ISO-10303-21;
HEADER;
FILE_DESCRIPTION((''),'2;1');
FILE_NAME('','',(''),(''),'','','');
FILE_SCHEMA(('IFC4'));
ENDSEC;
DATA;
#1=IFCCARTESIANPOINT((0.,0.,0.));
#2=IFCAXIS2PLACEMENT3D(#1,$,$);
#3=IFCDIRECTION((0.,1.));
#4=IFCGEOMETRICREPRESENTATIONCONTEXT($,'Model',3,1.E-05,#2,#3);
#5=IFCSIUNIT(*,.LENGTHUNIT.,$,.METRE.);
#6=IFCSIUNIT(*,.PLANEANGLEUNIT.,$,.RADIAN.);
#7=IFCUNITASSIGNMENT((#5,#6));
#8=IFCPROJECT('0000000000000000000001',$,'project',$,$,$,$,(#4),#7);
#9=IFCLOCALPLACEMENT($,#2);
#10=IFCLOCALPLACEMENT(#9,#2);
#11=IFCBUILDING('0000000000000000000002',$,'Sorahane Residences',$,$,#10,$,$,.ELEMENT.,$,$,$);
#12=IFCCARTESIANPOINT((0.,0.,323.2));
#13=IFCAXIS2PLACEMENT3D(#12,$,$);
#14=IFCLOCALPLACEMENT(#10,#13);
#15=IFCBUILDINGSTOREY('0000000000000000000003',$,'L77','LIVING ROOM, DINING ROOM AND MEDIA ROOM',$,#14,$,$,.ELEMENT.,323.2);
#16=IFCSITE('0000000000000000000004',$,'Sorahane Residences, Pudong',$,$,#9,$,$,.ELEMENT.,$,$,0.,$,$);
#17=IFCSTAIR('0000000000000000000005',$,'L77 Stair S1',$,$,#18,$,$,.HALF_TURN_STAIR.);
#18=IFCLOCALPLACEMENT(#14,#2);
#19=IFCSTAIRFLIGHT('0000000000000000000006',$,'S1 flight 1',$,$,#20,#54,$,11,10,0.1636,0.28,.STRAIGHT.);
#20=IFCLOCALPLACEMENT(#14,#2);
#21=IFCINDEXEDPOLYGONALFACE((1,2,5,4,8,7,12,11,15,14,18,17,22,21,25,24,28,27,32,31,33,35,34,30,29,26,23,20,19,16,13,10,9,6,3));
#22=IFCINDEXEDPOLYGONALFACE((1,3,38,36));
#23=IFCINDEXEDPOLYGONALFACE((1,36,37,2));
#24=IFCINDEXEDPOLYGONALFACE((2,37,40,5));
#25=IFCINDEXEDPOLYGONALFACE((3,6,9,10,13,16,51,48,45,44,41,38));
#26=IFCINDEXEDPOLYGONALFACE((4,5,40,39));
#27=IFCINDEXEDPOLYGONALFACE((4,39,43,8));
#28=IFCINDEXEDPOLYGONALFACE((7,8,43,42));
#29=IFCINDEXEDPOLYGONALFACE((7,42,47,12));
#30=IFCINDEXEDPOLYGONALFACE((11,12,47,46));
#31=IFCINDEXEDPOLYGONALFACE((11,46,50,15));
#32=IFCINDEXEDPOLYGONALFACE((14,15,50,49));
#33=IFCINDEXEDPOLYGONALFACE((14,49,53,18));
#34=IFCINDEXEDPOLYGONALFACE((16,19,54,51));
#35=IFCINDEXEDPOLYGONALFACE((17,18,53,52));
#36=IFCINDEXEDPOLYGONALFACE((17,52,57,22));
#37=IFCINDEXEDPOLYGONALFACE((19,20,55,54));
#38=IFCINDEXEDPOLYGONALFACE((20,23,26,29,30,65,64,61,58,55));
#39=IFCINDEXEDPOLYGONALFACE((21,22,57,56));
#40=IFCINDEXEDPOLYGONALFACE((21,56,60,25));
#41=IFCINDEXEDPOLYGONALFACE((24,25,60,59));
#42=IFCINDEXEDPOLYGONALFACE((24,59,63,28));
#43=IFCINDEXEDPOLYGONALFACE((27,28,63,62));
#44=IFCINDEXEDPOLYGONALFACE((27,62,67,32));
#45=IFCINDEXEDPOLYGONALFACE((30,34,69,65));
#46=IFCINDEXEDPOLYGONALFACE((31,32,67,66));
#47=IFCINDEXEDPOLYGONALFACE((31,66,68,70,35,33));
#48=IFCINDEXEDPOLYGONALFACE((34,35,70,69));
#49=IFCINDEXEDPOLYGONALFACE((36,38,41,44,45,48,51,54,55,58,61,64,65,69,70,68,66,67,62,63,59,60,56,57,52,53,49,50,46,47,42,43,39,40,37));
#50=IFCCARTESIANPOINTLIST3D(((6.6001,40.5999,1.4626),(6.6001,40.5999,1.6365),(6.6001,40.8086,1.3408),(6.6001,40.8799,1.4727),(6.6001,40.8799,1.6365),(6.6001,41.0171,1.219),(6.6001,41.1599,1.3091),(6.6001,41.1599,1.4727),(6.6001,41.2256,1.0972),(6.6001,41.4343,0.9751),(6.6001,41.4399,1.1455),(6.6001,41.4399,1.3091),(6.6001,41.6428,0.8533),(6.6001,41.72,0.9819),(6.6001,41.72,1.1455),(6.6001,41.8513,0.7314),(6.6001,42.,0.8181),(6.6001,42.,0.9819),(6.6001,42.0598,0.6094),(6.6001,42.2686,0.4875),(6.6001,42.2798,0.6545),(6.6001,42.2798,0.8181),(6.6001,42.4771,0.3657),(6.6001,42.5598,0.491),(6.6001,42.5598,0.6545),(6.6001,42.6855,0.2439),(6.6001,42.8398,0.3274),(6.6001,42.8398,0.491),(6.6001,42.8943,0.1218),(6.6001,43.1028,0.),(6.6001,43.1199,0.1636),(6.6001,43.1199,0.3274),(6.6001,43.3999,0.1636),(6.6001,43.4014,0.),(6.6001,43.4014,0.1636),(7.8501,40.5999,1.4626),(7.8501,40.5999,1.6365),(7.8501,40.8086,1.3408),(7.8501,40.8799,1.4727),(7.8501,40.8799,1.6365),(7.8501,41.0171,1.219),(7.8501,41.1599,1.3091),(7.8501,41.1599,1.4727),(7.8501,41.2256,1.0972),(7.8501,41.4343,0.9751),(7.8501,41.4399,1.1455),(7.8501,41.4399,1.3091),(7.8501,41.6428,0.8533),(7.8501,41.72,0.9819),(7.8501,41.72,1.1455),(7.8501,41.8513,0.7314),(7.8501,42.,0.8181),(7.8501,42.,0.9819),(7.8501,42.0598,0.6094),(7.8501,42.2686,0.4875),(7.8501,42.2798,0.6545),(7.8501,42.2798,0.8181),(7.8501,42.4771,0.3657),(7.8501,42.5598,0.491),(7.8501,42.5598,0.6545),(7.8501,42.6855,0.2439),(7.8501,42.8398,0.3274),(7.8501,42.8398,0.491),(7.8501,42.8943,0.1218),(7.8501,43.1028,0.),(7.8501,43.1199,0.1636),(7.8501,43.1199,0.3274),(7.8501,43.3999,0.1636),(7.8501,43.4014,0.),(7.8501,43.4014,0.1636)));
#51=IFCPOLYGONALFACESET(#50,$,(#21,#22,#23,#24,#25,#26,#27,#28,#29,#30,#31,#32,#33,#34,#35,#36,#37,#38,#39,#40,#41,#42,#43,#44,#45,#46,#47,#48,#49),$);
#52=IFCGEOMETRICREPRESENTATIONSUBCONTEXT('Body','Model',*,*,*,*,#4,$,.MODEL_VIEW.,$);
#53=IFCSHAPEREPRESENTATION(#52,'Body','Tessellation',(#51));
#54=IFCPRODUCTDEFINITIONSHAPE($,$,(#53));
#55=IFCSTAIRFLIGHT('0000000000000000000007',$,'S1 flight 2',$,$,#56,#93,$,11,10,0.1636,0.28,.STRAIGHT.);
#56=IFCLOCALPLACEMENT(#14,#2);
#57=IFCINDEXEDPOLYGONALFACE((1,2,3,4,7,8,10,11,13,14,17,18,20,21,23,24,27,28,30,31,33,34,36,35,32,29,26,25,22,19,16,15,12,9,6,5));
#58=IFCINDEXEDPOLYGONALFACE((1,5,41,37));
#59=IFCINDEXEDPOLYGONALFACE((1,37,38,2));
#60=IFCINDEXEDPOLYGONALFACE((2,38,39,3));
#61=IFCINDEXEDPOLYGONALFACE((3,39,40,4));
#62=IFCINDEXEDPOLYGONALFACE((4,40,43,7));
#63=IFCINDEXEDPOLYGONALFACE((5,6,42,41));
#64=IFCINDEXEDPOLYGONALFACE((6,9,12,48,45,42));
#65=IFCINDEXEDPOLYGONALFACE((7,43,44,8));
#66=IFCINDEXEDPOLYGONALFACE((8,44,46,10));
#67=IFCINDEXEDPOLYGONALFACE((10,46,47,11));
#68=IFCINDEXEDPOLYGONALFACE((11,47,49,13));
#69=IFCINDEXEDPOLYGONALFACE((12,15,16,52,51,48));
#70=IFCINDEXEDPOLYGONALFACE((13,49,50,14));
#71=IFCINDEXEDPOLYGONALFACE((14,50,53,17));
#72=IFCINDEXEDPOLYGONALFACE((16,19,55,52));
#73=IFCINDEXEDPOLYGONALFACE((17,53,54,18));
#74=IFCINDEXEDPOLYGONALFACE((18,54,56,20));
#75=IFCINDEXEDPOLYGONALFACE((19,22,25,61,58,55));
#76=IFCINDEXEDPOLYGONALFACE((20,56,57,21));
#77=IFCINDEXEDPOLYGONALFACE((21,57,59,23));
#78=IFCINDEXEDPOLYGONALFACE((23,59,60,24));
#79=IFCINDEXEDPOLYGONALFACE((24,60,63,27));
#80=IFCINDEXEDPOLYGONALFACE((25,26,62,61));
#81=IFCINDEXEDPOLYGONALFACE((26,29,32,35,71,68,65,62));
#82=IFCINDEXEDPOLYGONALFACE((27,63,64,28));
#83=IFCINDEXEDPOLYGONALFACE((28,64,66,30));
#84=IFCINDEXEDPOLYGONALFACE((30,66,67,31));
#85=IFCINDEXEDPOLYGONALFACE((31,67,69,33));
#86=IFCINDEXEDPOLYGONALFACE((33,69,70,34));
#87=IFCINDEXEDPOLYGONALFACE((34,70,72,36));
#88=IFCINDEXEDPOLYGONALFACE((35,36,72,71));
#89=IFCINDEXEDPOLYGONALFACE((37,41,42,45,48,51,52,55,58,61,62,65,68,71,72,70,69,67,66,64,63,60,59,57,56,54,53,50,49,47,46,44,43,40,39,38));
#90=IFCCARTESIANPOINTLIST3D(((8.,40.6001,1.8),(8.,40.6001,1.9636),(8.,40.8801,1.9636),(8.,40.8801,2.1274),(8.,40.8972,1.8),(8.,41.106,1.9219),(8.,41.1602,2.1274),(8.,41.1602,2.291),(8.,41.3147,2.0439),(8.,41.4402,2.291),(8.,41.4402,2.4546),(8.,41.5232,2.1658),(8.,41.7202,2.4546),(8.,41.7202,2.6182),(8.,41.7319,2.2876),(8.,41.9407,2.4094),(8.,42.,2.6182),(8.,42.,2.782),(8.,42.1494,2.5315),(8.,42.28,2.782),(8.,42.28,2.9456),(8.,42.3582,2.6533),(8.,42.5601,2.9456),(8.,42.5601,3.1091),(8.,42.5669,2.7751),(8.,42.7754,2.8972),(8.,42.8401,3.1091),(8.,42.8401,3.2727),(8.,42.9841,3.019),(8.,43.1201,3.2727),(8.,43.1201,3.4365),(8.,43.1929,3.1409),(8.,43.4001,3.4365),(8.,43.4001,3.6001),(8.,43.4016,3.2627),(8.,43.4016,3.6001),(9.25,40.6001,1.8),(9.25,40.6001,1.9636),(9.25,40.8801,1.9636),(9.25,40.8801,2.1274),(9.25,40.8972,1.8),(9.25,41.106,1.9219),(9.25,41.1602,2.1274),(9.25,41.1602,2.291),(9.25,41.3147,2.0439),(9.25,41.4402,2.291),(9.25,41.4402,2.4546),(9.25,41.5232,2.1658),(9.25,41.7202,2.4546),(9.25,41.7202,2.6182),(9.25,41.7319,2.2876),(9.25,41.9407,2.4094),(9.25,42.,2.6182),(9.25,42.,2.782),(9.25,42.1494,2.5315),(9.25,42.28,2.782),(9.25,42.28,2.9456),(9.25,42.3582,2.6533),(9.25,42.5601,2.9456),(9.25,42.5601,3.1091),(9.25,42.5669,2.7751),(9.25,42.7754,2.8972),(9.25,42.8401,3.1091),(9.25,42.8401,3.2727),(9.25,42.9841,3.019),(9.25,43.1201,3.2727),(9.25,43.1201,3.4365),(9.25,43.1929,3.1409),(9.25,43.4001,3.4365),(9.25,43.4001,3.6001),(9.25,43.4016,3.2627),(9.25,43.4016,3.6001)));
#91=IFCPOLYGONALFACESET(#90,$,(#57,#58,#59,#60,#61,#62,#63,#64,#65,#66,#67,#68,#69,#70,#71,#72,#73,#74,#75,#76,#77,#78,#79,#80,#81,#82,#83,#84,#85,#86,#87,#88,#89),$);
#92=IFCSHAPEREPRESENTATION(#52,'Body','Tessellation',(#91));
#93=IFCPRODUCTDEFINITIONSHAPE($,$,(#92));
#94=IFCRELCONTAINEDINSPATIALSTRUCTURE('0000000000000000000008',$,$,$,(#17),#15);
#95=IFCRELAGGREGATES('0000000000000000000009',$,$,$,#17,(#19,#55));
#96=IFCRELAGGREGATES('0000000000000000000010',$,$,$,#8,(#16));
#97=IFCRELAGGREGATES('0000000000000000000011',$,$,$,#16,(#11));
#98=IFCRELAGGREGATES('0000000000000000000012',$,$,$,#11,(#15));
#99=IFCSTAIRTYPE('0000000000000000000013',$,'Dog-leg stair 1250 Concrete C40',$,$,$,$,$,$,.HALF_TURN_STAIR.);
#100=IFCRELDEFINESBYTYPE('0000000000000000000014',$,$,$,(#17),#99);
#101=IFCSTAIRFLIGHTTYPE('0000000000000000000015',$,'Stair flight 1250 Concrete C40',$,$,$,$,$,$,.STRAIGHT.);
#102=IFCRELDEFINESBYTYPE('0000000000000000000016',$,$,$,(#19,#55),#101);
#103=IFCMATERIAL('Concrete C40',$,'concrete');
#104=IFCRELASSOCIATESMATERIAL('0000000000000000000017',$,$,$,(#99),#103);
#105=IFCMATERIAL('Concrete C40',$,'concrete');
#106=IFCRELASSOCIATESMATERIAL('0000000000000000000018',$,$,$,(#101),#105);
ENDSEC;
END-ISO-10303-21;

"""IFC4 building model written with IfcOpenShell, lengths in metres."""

from ifc_helpers import new_model, si_unit, direction, frame, origin, place, context, subcontext, project, spatial, polyline, outline, extrude, material, type_object, element, aggregate, save


model = new_model("IFC4")

# Units and contexts
model_context = context("Model", 3, precision=1e-05, world=origin(), true_north=direction((0.0, 1.0)))
body_context = subcontext(model_context, "Body", "Model", "MODEL_VIEW")
ifc_project = project(units=[si_unit("LENGTHUNIT", "METRE"), si_unit("PLANEANGLEUNIT", "RADIAN")], contexts=[model_context])

# Site, building, storey
site_placement = place(None, origin())
site = spatial("IfcSite", under=ifc_project, at=site_placement, Name="Sorahane Residences, Pudong", CompositionType="ELEMENT", RefElevation=0.0)
building_placement = place(site_placement, origin())
building = spatial("IfcBuilding", under=site, at=building_placement, Name="Sorahane Residences", CompositionType="ELEMENT")
storey_placement = place(building_placement, frame((0.0, 0.0, 323.2)))
storey = spatial("IfcBuildingStorey", under=building, at=storey_placement, Name="L77", Description="LIVING ROOM, DINING ROOM AND MEDIA ROOM", CompositionType="ELEMENT", Elevation=323.2)

# Stair, stair flights
ifc_material_1 = material(Name="Concrete C40", Category="concrete")
stair_type = type_object("IfcStairType", Name="Dog-leg stair 1250 Concrete C40", PredefinedType="HALF_TURN_STAIR", material=ifc_material_1)
stair_placement = place(storey_placement, origin())
stair = element("IfcStair", 1, at=stair_placement, inside=storey, type_object=stair_type, Name="L77 Stair S1", PredefinedType="HALF_TURN_STAIR")
ifc_material_2 = material(Name="Concrete C40", Category="concrete")
stair_flight_type = type_object("IfcStairFlightType", Name="Stair flight 1250 Concrete C40", PredefinedType="STRAIGHT", material=ifc_material_2)
stair_flight_1_placement = place(storey_placement, frame((7.2251, 43.3999, 0.0), z_axis=(0.0, 0.0, 1.0), x_axis=(0.0, -1.0, 0.0)))
stair_flight_1 = element("IfcStairFlight", 2, at=stair_flight_1_placement, type_object=stair_flight_type, Name="S1 flight 1", NumberOfRisers=11, NumberOfTreads=10, PredefinedType="STRAIGHT", RiserHeight=0.1636, TreadLength=0.28, context=body_context, shape_type="SweptSolid", body=[
    extrude(outline(polyline([(-0.0015, 0.0), (-0.0015, 0.1636), (0.0, 0.1636), (0.28, 0.1636), (0.28, 0.3274), (0.5601, 0.3274), (0.5601, 0.491), (0.8401, 0.491), (0.8401, 0.6545), (1.1201, 0.6545), (1.1201, 0.8181), (1.3999, 0.8181), (1.3999, 0.9819), (1.6799, 0.9819), (1.6799, 1.1455), (1.96, 1.1455), (1.96, 1.3091), (2.24, 1.3091), (2.24, 1.4727), (2.52, 1.4727), (2.52, 1.6365), (2.8, 1.6365), (2.8, 1.8), (2.8, 1.4626), (2.5913, 1.3408), (2.3828, 1.219), (2.1743, 1.0972), (1.9656, 0.9751), (1.7571, 0.8533), (1.5486, 0.7314), (1.3401, 0.6094), (1.1313, 0.4875), (0.9229, 0.3657), (0.7144, 0.2439), (0.5056, 0.1218), (0.2971, 0.0), (-0.0015, 0.0)])), frame((0.0, 0.625, 0.0), z_axis=(0.0, -1.0, 0.0), x_axis=(1.0, 0.0, 0.0)), (0.0, 0.0, 1.0), 1.25),
])
stair_flight_2_placement = place(storey_placement, frame((8.625, 40.6001, 1.8), z_axis=(0.0, 0.0, 1.0), x_axis=(0.0, 1.0, 0.0)))
stair_flight_2 = element("IfcStairFlight", 3, at=stair_flight_2_placement, type_object=stair_flight_type, Name="S1 flight 2", NumberOfRisers=11, NumberOfTreads=10, PredefinedType="STRAIGHT", RiserHeight=0.1636, TreadLength=0.28, context=body_context, shape_type="SweptSolid", body=[
    extrude(outline(polyline([(0.0, 0.0), (0.0, 0.1636), (0.28, 0.1636), (0.28, 0.3274), (0.5601, 0.3274), (0.5601, 0.491), (0.8401, 0.491), (0.8401, 0.6545), (1.1201, 0.6545), (1.1201, 0.8181), (1.3999, 0.8181), (1.3999, 0.9819), (1.6799, 0.9819), (1.6799, 1.1455), (1.96, 1.1455), (1.96, 1.3091), (2.24, 1.3091), (2.24, 1.4727), (2.52, 1.4727), (2.52, 1.6365), (2.8, 1.6365), (2.8, 1.8), (2.8015, 1.8), (2.8015, 1.4626), (2.5928, 1.3408), (2.384, 1.219), (2.1753, 1.0972), (1.9668, 0.9751), (1.7581, 0.8533), (1.5493, 0.7314), (1.3406, 0.6094), (1.1318, 0.4875), (0.9231, 0.3657), (0.7146, 0.2439), (0.5059, 0.1218), (0.2971, 0.0), (0.0, 0.0)])), frame((0.0, 0.625, 0.0), z_axis=(0.0, -1.0, 0.0), x_axis=(1.0, 0.0, 0.0)), (0.0, 0.0, 1.0), 1.25),
])
aggregate(stair, [stair_flight_1, stair_flight_2])

save(model, "model.ifc")
